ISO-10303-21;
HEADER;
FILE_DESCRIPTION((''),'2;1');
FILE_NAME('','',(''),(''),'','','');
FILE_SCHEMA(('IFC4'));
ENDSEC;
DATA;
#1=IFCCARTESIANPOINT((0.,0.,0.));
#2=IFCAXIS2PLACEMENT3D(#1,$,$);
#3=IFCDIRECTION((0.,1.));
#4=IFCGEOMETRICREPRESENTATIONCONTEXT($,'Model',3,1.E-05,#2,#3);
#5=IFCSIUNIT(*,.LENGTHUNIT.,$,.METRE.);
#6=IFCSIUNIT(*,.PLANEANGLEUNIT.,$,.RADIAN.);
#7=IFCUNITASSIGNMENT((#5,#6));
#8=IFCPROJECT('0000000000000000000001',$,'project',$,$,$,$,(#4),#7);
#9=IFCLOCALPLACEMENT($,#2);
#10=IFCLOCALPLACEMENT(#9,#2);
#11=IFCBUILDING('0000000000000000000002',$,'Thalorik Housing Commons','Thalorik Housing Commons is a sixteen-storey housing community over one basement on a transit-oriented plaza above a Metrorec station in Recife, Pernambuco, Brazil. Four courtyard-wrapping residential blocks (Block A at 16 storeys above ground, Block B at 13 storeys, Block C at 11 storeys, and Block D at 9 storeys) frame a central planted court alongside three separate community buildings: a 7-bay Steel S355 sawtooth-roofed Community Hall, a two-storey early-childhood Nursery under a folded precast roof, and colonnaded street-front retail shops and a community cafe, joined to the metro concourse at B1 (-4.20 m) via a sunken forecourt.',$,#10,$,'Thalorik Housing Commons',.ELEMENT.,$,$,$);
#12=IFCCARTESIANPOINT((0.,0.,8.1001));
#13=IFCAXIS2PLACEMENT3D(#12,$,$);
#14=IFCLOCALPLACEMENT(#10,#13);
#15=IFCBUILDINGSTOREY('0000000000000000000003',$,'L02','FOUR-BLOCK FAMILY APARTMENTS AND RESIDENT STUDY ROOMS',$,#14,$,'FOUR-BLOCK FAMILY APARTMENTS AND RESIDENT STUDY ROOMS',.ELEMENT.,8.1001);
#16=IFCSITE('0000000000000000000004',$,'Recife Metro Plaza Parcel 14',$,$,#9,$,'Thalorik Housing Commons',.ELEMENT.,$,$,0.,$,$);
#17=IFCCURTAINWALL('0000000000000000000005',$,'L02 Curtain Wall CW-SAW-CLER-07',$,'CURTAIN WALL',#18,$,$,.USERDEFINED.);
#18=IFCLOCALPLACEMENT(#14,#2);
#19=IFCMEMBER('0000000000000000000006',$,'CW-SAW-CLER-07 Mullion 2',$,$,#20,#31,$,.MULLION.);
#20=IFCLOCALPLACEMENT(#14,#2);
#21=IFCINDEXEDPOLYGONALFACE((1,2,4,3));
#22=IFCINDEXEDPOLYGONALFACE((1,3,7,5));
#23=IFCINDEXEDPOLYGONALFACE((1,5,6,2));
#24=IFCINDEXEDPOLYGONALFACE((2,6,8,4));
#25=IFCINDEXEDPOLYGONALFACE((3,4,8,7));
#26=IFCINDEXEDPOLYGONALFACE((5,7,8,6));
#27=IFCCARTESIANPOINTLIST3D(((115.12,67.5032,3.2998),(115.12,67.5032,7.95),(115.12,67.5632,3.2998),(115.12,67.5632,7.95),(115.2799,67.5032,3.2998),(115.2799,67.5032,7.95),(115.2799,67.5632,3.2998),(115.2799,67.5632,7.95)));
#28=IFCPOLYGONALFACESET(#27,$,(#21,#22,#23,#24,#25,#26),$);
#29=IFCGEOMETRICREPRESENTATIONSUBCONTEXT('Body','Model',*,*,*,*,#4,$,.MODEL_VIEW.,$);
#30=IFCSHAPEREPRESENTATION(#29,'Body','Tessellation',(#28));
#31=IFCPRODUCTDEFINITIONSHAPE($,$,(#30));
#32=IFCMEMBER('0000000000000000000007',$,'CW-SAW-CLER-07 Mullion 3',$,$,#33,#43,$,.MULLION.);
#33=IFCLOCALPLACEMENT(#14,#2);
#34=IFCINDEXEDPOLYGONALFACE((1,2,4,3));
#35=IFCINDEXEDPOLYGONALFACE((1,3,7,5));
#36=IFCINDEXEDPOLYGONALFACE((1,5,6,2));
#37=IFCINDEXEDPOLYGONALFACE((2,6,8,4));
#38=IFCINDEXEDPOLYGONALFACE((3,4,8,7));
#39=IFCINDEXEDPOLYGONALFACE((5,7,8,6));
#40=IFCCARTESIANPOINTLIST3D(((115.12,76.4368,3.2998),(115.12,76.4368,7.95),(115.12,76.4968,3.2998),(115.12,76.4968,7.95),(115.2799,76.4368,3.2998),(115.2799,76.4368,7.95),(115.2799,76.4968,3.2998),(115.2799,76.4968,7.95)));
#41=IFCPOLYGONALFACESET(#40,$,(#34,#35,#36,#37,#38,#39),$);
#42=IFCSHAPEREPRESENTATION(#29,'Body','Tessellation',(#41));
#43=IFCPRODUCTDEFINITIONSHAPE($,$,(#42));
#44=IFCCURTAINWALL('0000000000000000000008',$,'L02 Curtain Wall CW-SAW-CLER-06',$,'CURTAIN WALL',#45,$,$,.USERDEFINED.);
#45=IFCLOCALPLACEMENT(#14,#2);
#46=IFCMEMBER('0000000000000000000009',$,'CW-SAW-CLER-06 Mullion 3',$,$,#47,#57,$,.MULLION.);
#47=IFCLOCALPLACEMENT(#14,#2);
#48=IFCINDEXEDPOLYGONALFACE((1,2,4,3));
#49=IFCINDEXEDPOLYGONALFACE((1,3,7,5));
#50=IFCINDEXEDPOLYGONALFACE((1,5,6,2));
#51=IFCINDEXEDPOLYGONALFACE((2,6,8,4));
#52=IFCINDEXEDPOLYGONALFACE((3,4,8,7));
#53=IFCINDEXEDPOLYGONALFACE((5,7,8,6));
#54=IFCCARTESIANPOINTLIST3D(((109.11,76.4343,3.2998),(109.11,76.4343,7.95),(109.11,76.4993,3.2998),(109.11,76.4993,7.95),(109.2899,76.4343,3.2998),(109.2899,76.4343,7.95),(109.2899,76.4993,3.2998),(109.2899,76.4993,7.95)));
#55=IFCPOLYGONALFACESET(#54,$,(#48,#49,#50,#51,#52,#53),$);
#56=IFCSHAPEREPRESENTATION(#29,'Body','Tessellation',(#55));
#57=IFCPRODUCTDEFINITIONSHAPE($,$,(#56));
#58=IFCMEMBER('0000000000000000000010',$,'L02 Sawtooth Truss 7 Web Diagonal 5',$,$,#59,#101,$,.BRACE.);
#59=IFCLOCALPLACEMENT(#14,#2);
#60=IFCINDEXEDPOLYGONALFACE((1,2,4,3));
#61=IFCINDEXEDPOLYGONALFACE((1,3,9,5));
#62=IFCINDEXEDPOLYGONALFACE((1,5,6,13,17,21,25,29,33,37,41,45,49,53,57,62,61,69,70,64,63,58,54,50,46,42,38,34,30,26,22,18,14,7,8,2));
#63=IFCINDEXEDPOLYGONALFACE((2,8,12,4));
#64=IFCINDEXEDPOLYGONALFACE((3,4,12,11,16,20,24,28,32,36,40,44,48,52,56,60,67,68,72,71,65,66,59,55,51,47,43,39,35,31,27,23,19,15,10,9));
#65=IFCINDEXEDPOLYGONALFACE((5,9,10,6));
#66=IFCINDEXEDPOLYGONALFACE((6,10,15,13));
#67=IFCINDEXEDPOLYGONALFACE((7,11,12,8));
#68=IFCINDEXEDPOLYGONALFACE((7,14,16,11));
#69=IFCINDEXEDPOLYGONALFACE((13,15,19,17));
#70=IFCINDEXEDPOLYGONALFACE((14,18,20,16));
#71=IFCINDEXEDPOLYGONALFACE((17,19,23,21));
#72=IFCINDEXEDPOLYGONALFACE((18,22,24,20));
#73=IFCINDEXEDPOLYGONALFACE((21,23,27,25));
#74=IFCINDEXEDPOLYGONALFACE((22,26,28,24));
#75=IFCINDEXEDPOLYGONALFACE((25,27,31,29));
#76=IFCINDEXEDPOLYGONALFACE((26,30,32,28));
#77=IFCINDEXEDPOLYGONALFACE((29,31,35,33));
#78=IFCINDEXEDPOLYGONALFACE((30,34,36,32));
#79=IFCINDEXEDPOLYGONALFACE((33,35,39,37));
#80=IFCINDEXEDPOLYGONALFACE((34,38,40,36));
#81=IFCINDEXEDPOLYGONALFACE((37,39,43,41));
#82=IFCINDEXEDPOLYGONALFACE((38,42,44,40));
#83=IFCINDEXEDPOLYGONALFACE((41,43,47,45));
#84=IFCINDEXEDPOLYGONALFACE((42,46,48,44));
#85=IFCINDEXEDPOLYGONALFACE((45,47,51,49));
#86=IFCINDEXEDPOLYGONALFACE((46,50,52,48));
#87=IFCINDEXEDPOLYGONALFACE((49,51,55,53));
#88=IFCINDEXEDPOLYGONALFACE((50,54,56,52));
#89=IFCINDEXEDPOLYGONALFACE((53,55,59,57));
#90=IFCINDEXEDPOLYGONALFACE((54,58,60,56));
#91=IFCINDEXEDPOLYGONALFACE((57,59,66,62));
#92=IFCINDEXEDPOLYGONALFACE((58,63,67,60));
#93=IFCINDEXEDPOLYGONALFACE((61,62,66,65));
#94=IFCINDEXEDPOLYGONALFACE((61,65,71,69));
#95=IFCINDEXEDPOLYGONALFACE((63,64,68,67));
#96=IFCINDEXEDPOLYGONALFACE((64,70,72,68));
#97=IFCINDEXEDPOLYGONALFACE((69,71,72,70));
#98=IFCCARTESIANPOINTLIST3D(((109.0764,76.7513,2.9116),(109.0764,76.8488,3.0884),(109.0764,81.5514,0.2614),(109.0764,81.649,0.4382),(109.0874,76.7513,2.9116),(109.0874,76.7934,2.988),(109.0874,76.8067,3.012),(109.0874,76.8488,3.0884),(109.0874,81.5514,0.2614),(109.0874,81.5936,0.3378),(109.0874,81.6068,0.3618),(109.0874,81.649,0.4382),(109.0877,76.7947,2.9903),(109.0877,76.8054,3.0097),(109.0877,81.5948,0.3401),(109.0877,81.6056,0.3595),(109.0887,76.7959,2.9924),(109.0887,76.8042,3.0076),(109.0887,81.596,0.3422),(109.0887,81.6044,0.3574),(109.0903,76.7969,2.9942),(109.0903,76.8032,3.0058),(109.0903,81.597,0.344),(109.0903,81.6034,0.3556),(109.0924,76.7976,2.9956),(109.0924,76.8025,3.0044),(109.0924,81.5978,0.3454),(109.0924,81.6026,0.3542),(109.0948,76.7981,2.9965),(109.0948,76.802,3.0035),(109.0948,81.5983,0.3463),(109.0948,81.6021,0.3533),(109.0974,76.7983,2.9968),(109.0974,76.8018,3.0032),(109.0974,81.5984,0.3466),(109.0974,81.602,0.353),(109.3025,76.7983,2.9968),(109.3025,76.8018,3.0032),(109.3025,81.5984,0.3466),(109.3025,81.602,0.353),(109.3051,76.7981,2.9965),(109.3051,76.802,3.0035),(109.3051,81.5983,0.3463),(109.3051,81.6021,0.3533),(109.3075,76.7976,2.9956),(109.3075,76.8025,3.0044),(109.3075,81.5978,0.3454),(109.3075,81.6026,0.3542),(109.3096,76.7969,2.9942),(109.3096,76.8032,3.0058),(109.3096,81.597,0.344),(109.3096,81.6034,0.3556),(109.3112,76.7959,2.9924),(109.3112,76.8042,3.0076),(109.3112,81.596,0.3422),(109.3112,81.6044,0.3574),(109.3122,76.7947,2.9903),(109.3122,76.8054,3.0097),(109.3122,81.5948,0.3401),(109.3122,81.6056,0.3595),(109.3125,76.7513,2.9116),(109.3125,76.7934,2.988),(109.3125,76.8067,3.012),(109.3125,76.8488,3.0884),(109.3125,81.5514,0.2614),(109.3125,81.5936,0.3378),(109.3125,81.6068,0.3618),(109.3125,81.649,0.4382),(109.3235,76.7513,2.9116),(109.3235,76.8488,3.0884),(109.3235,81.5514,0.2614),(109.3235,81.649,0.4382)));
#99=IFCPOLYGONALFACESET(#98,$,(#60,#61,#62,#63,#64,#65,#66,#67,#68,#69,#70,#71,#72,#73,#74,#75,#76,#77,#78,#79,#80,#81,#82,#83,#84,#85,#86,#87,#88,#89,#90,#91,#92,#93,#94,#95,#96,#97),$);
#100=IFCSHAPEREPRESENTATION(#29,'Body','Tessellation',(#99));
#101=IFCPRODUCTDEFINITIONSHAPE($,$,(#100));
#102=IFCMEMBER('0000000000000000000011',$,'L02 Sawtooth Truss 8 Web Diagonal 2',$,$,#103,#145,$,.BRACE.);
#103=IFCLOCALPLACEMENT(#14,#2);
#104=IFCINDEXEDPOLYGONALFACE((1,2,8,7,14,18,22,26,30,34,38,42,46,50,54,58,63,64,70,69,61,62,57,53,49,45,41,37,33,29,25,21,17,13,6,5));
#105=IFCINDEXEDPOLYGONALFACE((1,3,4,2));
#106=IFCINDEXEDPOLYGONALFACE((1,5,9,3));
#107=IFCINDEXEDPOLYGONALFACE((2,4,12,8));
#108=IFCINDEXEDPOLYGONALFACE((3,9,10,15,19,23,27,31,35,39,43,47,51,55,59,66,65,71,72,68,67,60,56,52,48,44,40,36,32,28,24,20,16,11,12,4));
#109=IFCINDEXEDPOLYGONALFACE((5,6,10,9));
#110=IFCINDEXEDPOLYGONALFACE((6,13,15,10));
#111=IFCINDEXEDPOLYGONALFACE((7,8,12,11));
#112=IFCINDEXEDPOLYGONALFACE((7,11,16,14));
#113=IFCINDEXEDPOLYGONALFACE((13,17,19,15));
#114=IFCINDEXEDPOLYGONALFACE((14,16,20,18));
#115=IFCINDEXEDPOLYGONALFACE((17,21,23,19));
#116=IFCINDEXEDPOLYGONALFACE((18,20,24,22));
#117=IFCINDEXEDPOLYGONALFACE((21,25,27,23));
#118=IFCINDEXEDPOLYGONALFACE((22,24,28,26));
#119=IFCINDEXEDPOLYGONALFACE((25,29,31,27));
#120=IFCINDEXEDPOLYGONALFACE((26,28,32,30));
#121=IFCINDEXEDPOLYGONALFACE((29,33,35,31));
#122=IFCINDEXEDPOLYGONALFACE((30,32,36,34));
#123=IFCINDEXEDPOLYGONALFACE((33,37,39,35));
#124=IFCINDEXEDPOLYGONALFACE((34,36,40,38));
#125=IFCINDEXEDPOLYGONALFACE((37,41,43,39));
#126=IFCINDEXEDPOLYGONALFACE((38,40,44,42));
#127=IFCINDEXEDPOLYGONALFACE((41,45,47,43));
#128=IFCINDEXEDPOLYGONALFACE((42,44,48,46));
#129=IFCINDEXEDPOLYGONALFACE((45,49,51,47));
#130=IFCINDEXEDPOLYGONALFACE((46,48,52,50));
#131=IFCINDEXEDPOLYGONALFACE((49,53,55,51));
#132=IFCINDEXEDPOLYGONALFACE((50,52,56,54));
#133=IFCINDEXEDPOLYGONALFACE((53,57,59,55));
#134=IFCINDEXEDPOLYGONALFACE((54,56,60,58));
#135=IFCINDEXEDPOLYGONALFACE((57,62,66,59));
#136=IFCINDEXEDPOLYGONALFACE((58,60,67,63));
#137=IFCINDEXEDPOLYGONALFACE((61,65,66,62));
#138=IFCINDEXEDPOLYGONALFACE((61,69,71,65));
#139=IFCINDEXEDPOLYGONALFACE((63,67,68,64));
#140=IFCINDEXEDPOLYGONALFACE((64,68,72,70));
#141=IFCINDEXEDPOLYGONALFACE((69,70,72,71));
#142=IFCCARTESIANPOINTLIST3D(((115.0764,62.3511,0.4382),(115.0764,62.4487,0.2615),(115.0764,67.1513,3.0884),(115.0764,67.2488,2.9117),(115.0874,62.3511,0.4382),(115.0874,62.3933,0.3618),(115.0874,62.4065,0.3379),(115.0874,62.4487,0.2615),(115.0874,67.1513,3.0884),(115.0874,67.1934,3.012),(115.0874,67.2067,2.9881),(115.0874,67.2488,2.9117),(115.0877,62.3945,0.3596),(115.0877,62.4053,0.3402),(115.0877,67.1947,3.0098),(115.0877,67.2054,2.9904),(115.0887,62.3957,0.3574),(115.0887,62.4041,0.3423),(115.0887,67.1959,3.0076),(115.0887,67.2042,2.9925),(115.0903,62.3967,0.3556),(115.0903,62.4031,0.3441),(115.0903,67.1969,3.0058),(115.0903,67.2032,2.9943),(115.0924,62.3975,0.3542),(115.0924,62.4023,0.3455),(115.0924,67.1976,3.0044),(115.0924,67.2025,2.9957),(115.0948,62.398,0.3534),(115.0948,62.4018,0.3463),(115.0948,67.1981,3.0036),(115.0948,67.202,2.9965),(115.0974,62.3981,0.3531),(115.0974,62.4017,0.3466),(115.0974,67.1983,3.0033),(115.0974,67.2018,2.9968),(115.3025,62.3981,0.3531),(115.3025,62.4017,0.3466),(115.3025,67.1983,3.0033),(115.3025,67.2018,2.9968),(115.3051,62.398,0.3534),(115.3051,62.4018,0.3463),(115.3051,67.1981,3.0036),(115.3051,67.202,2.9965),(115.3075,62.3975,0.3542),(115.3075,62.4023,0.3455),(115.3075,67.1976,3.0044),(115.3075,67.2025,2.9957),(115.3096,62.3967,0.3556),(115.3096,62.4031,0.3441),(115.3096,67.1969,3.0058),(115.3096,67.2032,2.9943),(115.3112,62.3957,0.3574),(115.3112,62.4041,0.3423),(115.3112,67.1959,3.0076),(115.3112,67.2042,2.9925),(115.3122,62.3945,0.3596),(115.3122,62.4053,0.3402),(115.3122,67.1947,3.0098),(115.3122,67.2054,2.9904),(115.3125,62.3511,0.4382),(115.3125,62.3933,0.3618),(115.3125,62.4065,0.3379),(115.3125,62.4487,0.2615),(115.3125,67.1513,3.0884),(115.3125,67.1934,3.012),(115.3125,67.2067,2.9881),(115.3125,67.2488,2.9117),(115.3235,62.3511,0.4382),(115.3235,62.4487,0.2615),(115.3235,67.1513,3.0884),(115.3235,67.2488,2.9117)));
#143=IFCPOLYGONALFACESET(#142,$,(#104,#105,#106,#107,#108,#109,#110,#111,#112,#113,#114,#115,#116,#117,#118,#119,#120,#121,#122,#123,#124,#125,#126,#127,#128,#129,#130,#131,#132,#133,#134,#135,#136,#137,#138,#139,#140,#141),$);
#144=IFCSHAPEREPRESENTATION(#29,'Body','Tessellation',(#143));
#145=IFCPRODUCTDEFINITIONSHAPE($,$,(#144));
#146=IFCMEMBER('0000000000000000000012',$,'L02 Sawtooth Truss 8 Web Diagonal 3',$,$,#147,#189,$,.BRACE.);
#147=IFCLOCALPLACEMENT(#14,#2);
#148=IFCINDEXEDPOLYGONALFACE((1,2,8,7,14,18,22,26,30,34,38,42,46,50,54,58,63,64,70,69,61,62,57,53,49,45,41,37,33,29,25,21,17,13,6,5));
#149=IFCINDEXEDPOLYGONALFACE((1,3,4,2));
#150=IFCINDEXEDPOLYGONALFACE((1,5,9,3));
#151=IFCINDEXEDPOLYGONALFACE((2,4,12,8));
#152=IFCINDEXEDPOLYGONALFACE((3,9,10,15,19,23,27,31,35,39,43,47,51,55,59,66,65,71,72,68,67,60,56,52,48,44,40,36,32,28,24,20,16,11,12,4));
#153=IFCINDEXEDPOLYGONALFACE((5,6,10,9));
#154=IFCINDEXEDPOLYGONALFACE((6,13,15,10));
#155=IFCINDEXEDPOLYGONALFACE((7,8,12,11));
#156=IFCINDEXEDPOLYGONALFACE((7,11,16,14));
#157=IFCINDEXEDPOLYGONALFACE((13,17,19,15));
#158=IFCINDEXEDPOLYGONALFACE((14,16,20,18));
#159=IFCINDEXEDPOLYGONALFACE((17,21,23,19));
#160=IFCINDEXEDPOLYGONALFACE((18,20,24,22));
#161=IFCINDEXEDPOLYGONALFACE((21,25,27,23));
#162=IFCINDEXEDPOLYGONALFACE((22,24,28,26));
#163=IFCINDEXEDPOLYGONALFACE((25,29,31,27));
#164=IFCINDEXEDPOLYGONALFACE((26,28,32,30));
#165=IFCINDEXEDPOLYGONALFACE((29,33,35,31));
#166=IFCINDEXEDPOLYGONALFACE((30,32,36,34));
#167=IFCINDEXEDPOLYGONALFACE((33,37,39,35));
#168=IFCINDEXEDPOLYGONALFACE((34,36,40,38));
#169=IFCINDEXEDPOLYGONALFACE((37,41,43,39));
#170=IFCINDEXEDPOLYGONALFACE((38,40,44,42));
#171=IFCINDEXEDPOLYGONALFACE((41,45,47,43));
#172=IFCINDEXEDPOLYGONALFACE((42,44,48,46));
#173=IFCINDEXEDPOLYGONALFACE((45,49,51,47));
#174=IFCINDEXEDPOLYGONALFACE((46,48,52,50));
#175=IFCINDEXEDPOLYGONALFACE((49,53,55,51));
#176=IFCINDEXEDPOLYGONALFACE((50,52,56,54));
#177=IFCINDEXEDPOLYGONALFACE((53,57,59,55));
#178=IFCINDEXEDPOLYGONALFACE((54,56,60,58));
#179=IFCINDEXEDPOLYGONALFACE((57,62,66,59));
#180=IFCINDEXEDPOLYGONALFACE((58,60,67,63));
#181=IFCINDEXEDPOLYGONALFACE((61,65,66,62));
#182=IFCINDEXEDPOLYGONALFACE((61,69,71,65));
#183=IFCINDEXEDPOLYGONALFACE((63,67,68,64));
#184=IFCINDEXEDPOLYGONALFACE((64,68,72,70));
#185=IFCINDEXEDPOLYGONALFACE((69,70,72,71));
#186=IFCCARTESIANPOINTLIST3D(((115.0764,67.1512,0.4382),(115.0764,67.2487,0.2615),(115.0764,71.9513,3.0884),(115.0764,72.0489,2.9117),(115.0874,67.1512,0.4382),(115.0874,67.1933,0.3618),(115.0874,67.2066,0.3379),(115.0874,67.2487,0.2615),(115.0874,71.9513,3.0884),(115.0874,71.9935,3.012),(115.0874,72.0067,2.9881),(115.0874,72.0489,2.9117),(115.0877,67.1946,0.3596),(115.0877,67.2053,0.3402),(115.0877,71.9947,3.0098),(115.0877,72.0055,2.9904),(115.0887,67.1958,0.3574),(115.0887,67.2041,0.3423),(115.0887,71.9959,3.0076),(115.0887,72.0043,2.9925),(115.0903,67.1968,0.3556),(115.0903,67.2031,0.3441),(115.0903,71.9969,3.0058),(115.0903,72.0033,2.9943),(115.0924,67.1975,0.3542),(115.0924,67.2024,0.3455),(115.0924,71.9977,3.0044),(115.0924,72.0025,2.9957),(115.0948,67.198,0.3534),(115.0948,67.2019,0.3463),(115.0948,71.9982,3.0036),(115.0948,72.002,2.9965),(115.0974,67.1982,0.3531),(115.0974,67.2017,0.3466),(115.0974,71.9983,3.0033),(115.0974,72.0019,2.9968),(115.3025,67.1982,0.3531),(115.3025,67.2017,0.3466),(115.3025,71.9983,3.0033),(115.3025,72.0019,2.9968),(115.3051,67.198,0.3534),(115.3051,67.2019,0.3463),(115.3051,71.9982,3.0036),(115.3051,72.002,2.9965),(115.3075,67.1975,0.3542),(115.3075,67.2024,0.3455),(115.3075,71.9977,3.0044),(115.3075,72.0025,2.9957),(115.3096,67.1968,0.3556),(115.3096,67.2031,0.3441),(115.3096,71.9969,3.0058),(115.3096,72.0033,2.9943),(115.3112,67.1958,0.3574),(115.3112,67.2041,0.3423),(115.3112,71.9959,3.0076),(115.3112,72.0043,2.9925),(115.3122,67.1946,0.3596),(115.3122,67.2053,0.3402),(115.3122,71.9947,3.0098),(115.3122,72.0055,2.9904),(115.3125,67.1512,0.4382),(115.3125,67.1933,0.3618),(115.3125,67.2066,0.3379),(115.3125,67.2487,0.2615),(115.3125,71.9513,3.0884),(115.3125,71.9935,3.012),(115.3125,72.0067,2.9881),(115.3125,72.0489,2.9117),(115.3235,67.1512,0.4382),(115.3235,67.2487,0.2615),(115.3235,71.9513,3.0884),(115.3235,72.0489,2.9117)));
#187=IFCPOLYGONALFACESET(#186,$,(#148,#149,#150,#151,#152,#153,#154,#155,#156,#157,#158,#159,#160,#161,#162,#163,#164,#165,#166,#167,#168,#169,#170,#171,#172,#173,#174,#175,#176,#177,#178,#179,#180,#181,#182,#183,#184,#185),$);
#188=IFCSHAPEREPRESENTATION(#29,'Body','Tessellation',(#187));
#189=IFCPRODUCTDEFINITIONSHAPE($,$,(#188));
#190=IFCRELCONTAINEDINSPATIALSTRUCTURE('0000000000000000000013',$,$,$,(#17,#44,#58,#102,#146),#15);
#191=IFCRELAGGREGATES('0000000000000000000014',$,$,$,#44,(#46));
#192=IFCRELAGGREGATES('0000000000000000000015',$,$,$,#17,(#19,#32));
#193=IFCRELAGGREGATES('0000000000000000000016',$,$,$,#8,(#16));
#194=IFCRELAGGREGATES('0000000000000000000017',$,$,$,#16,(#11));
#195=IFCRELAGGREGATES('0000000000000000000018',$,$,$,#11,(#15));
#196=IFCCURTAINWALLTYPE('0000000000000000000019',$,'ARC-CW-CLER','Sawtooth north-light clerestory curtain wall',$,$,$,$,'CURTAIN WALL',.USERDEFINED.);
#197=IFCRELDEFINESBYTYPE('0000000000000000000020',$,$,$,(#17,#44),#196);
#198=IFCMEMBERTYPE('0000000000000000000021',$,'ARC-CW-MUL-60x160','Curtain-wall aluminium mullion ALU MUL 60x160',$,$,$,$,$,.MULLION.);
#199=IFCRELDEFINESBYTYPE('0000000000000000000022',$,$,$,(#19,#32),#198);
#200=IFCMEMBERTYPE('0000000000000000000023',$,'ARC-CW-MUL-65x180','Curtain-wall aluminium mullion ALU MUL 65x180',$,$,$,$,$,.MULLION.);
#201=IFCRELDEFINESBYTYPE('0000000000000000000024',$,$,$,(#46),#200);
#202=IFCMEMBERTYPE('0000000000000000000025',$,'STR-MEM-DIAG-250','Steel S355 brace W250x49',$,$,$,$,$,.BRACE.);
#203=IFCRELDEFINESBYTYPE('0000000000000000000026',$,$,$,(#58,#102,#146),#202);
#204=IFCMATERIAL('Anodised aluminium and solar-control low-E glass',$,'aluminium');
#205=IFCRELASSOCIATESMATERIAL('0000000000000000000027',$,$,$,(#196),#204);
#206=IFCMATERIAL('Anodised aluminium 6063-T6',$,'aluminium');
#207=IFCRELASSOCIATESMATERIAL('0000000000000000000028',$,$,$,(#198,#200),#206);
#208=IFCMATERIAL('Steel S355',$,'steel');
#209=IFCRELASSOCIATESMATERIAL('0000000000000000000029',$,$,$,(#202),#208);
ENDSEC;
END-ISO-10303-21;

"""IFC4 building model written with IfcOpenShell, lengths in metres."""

from ifc_helpers import new_model, si_unit, direction, frame, origin, origin_2d, place, context, subcontext, project, spatial, rectangle, i_section, extrude, material, material_profile, profile_set, type_object, element, aggregate, save


model = new_model("IFC4")

# Units and contexts
model_context = context("Model", 3, precision=1e-05, world=origin(), true_north=direction((0.0, 1.0)))
body_context = subcontext(model_context, "Body", "Model", "MODEL_VIEW")
ifc_project = project(units=[si_unit("LENGTHUNIT", "METRE"), si_unit("PLANEANGLEUNIT", "RADIAN")], contexts=[model_context])

# Site, building, storey
site_placement = place(None, origin())
site = spatial("IfcSite", under=ifc_project, at=site_placement, Name="Recife Metro Plaza Parcel 14", LongName="Thalorik Housing Commons", CompositionType="ELEMENT", RefElevation=0.0)
building_placement = place(site_placement, origin())
building = spatial("IfcBuilding", under=site, at=building_placement, Name="Thalorik Housing Commons", Description="Thalorik Housing Commons is a sixteen-storey housing community over one basement on a transit-oriented plaza above a Metrorec station in Recife, Pernambuco, Brazil. Four courtyard-wrapping residential blocks (Block A at 16 storeys above ground, Block B at 13 storeys, Block C at 11 storeys, and Block D at 9 storeys) frame a central planted court alongside three separate community buildings: a 7-bay Steel S355 sawtooth-roofed Community Hall, a two-storey early-childhood Nursery under a folded precast roof, and colonnaded street-front retail shops and a community cafe, joined to the metro concourse at B1 (-4.20 m) via a sunken forecourt.", LongName="Thalorik Housing Commons", CompositionType="ELEMENT")
storey_placement = place(building_placement, frame((0.0, 0.0, 8.1001)))
storey = spatial("IfcBuildingStorey", under=building, at=storey_placement, Name="L02", Description="FOUR-BLOCK FAMILY APARTMENTS AND RESIDENT STUDY ROOMS", LongName="FOUR-BLOCK FAMILY APARTMENTS AND RESIDENT STUDY ROOMS", CompositionType="ELEMENT", Elevation=8.1001)

# Curtain wall, members
ifc_material_1 = material(Name="Anodised aluminium and solar-control low-E glass", Category="aluminium")
curtain_wall_type = type_object("IfcCurtainWallType", Name="ARC-CW-CLER", Description="Sawtooth north-light clerestory curtain wall", ElementType="CURTAIN WALL", PredefinedType="USERDEFINED", material=ifc_material_1)
curtain_wall_1_placement = place(storey_placement, origin())
curtain_wall_1 = element("IfcCurtainWall", 1, at=curtain_wall_1_placement, inside=storey, type_object=curtain_wall_type, Name="L02 Curtain Wall CW-SAW-CLER-07", ObjectType="CURTAIN WALL", PredefinedType="USERDEFINED")
ifc_material_2 = material(Name="Anodised aluminium 6063-T6", Category="aluminium")
ifc_material_profile_1 = material_profile(ifc_material_2, rectangle(XDim=0.0601, YDim=0.1599, at=origin_2d()), Name="ALU MUL 60x160", Category="aluminium")
ifc_profile_set_1 = profile_set([ifc_material_profile_1], Name="Anodised aluminium 6063-T6")
member_type_1 = type_object("IfcMemberType", Name="ARC-CW-MUL-60x160", Description="Curtain-wall aluminium mullion ALU MUL 60x160", PredefinedType="MULLION", material=ifc_profile_set_1)
member_1_placement = place(storey_placement, frame((115.2, 67.5332, 3.2998), z_axis=(0.0, 0.0, 1.0), x_axis=(0.0, 1.0, 0.0)))
member_1 = element("IfcMember", 2, at=member_1_placement, type_object=member_type_1, Name="CW-SAW-CLER-07 Mullion 2", PredefinedType="MULLION", context=body_context, shape_type="SweptSolid", body=[
    extrude(rectangle(XDim=0.0601, YDim=0.1599, at=origin_2d()), origin(), (0.0, 0.0, 1.0), 4.6501),
])
member_2_placement = place(storey_placement, frame((115.2, 76.4668, 3.2998), z_axis=(0.0, 0.0, 1.0), x_axis=(0.0, 1.0, 0.0)))
member_2 = element("IfcMember", 3, at=member_2_placement, type_object=member_type_1, Name="CW-SAW-CLER-07 Mullion 3", PredefinedType="MULLION", context=body_context, shape_type="SweptSolid", body=[
    extrude(rectangle(XDim=0.0601, YDim=0.1599, at=origin_2d()), origin(), (0.0, 0.0, 1.0), 4.6501),
])

# Curtain wall, member
curtain_wall_2_placement = place(storey_placement, origin())
curtain_wall_2 = element("IfcCurtainWall", 4, at=curtain_wall_2_placement, inside=storey, type_object=curtain_wall_type, Name="L02 Curtain Wall CW-SAW-CLER-06", ObjectType="CURTAIN WALL", PredefinedType="USERDEFINED")
ifc_material_profile_2 = material_profile(ifc_material_2, rectangle(XDim=0.0649, YDim=0.1799, at=origin_2d()), Name="ALU MUL 65x180", Category="aluminium")
ifc_profile_set_2 = profile_set([ifc_material_profile_2], Name="Anodised aluminium 6063-T6")
member_type_2 = type_object("IfcMemberType", Name="ARC-CW-MUL-65x180", Description="Curtain-wall aluminium mullion ALU MUL 65x180", PredefinedType="MULLION", material=ifc_profile_set_2)
member_3_placement = place(storey_placement, frame((109.2, 76.4668, 3.2998), z_axis=(0.0, 0.0, 1.0), x_axis=(0.0, 1.0, 0.0)))
member_3 = element("IfcMember", 5, at=member_3_placement, type_object=member_type_2, Name="CW-SAW-CLER-06 Mullion 3", PredefinedType="MULLION", context=body_context, shape_type="SweptSolid", body=[
    extrude(rectangle(XDim=0.0649, YDim=0.1799, at=origin_2d()), origin(), (0.0, 0.0, 1.0), 4.6501),
])

# Members
ifc_material_3 = material(Name="Steel S355", Category="steel")
ifc_material_profile_3 = material_profile(ifc_material_3, i_section(OverallWidth=0.2019, OverallDepth=0.2471, WebThickness=0.0073, FlangeThickness=0.011, FilletRadius=0.01, at=origin_2d()), Name="W250x49", Category="steel")
ifc_profile_set_3 = profile_set([ifc_material_profile_3], Name="Steel S355")
member_type_3 = type_object("IfcMemberType", Name="STR-MEM-DIAG-250", Description="Steel S355 brace W250x49", PredefinedType="BRACE", material=ifc_profile_set_3)
for number, where, z_axis, x_axis, name in (
    (6, (109.2, 76.8, 3.0), (0.0, 0.875435, -0.483335), (0.0, 0.483335, 0.875435), "L02 Sawtooth Truss 7 Web Diagonal 5"),
    (7, (115.2, 62.3999, 0.3499), (0.0, 0.875435, 0.483335), (0.0, -0.483335, 0.875435), "L02 Sawtooth Truss 8 Web Diagonal 2"),
    (8, (115.2, 67.2, 0.3499), (0.0, 0.875435, 0.483335), (0.0, -0.483335, 0.875435), "L02 Sawtooth Truss 8 Web Diagonal 3"),
):
    element("IfcMember", number, at=place(storey_placement, frame(where, z_axis=z_axis, x_axis=x_axis)), inside=storey, type_object=member_type_3, Name=name, PredefinedType="BRACE", context=body_context, shape_type="SweptSolid", body=[
        extrude(i_section(OverallWidth=0.2019, OverallDepth=0.2471, WebThickness=0.0073, FlangeThickness=0.011, FilletRadius=0.01, at=origin_2d()), origin(), (0.0, 0.0, 1.0), 5.4832),
    ])

aggregate(curtain_wall_2, [member_3])
aggregate(curtain_wall_1, [member_1, member_2])

save(model, "model.ifc")
